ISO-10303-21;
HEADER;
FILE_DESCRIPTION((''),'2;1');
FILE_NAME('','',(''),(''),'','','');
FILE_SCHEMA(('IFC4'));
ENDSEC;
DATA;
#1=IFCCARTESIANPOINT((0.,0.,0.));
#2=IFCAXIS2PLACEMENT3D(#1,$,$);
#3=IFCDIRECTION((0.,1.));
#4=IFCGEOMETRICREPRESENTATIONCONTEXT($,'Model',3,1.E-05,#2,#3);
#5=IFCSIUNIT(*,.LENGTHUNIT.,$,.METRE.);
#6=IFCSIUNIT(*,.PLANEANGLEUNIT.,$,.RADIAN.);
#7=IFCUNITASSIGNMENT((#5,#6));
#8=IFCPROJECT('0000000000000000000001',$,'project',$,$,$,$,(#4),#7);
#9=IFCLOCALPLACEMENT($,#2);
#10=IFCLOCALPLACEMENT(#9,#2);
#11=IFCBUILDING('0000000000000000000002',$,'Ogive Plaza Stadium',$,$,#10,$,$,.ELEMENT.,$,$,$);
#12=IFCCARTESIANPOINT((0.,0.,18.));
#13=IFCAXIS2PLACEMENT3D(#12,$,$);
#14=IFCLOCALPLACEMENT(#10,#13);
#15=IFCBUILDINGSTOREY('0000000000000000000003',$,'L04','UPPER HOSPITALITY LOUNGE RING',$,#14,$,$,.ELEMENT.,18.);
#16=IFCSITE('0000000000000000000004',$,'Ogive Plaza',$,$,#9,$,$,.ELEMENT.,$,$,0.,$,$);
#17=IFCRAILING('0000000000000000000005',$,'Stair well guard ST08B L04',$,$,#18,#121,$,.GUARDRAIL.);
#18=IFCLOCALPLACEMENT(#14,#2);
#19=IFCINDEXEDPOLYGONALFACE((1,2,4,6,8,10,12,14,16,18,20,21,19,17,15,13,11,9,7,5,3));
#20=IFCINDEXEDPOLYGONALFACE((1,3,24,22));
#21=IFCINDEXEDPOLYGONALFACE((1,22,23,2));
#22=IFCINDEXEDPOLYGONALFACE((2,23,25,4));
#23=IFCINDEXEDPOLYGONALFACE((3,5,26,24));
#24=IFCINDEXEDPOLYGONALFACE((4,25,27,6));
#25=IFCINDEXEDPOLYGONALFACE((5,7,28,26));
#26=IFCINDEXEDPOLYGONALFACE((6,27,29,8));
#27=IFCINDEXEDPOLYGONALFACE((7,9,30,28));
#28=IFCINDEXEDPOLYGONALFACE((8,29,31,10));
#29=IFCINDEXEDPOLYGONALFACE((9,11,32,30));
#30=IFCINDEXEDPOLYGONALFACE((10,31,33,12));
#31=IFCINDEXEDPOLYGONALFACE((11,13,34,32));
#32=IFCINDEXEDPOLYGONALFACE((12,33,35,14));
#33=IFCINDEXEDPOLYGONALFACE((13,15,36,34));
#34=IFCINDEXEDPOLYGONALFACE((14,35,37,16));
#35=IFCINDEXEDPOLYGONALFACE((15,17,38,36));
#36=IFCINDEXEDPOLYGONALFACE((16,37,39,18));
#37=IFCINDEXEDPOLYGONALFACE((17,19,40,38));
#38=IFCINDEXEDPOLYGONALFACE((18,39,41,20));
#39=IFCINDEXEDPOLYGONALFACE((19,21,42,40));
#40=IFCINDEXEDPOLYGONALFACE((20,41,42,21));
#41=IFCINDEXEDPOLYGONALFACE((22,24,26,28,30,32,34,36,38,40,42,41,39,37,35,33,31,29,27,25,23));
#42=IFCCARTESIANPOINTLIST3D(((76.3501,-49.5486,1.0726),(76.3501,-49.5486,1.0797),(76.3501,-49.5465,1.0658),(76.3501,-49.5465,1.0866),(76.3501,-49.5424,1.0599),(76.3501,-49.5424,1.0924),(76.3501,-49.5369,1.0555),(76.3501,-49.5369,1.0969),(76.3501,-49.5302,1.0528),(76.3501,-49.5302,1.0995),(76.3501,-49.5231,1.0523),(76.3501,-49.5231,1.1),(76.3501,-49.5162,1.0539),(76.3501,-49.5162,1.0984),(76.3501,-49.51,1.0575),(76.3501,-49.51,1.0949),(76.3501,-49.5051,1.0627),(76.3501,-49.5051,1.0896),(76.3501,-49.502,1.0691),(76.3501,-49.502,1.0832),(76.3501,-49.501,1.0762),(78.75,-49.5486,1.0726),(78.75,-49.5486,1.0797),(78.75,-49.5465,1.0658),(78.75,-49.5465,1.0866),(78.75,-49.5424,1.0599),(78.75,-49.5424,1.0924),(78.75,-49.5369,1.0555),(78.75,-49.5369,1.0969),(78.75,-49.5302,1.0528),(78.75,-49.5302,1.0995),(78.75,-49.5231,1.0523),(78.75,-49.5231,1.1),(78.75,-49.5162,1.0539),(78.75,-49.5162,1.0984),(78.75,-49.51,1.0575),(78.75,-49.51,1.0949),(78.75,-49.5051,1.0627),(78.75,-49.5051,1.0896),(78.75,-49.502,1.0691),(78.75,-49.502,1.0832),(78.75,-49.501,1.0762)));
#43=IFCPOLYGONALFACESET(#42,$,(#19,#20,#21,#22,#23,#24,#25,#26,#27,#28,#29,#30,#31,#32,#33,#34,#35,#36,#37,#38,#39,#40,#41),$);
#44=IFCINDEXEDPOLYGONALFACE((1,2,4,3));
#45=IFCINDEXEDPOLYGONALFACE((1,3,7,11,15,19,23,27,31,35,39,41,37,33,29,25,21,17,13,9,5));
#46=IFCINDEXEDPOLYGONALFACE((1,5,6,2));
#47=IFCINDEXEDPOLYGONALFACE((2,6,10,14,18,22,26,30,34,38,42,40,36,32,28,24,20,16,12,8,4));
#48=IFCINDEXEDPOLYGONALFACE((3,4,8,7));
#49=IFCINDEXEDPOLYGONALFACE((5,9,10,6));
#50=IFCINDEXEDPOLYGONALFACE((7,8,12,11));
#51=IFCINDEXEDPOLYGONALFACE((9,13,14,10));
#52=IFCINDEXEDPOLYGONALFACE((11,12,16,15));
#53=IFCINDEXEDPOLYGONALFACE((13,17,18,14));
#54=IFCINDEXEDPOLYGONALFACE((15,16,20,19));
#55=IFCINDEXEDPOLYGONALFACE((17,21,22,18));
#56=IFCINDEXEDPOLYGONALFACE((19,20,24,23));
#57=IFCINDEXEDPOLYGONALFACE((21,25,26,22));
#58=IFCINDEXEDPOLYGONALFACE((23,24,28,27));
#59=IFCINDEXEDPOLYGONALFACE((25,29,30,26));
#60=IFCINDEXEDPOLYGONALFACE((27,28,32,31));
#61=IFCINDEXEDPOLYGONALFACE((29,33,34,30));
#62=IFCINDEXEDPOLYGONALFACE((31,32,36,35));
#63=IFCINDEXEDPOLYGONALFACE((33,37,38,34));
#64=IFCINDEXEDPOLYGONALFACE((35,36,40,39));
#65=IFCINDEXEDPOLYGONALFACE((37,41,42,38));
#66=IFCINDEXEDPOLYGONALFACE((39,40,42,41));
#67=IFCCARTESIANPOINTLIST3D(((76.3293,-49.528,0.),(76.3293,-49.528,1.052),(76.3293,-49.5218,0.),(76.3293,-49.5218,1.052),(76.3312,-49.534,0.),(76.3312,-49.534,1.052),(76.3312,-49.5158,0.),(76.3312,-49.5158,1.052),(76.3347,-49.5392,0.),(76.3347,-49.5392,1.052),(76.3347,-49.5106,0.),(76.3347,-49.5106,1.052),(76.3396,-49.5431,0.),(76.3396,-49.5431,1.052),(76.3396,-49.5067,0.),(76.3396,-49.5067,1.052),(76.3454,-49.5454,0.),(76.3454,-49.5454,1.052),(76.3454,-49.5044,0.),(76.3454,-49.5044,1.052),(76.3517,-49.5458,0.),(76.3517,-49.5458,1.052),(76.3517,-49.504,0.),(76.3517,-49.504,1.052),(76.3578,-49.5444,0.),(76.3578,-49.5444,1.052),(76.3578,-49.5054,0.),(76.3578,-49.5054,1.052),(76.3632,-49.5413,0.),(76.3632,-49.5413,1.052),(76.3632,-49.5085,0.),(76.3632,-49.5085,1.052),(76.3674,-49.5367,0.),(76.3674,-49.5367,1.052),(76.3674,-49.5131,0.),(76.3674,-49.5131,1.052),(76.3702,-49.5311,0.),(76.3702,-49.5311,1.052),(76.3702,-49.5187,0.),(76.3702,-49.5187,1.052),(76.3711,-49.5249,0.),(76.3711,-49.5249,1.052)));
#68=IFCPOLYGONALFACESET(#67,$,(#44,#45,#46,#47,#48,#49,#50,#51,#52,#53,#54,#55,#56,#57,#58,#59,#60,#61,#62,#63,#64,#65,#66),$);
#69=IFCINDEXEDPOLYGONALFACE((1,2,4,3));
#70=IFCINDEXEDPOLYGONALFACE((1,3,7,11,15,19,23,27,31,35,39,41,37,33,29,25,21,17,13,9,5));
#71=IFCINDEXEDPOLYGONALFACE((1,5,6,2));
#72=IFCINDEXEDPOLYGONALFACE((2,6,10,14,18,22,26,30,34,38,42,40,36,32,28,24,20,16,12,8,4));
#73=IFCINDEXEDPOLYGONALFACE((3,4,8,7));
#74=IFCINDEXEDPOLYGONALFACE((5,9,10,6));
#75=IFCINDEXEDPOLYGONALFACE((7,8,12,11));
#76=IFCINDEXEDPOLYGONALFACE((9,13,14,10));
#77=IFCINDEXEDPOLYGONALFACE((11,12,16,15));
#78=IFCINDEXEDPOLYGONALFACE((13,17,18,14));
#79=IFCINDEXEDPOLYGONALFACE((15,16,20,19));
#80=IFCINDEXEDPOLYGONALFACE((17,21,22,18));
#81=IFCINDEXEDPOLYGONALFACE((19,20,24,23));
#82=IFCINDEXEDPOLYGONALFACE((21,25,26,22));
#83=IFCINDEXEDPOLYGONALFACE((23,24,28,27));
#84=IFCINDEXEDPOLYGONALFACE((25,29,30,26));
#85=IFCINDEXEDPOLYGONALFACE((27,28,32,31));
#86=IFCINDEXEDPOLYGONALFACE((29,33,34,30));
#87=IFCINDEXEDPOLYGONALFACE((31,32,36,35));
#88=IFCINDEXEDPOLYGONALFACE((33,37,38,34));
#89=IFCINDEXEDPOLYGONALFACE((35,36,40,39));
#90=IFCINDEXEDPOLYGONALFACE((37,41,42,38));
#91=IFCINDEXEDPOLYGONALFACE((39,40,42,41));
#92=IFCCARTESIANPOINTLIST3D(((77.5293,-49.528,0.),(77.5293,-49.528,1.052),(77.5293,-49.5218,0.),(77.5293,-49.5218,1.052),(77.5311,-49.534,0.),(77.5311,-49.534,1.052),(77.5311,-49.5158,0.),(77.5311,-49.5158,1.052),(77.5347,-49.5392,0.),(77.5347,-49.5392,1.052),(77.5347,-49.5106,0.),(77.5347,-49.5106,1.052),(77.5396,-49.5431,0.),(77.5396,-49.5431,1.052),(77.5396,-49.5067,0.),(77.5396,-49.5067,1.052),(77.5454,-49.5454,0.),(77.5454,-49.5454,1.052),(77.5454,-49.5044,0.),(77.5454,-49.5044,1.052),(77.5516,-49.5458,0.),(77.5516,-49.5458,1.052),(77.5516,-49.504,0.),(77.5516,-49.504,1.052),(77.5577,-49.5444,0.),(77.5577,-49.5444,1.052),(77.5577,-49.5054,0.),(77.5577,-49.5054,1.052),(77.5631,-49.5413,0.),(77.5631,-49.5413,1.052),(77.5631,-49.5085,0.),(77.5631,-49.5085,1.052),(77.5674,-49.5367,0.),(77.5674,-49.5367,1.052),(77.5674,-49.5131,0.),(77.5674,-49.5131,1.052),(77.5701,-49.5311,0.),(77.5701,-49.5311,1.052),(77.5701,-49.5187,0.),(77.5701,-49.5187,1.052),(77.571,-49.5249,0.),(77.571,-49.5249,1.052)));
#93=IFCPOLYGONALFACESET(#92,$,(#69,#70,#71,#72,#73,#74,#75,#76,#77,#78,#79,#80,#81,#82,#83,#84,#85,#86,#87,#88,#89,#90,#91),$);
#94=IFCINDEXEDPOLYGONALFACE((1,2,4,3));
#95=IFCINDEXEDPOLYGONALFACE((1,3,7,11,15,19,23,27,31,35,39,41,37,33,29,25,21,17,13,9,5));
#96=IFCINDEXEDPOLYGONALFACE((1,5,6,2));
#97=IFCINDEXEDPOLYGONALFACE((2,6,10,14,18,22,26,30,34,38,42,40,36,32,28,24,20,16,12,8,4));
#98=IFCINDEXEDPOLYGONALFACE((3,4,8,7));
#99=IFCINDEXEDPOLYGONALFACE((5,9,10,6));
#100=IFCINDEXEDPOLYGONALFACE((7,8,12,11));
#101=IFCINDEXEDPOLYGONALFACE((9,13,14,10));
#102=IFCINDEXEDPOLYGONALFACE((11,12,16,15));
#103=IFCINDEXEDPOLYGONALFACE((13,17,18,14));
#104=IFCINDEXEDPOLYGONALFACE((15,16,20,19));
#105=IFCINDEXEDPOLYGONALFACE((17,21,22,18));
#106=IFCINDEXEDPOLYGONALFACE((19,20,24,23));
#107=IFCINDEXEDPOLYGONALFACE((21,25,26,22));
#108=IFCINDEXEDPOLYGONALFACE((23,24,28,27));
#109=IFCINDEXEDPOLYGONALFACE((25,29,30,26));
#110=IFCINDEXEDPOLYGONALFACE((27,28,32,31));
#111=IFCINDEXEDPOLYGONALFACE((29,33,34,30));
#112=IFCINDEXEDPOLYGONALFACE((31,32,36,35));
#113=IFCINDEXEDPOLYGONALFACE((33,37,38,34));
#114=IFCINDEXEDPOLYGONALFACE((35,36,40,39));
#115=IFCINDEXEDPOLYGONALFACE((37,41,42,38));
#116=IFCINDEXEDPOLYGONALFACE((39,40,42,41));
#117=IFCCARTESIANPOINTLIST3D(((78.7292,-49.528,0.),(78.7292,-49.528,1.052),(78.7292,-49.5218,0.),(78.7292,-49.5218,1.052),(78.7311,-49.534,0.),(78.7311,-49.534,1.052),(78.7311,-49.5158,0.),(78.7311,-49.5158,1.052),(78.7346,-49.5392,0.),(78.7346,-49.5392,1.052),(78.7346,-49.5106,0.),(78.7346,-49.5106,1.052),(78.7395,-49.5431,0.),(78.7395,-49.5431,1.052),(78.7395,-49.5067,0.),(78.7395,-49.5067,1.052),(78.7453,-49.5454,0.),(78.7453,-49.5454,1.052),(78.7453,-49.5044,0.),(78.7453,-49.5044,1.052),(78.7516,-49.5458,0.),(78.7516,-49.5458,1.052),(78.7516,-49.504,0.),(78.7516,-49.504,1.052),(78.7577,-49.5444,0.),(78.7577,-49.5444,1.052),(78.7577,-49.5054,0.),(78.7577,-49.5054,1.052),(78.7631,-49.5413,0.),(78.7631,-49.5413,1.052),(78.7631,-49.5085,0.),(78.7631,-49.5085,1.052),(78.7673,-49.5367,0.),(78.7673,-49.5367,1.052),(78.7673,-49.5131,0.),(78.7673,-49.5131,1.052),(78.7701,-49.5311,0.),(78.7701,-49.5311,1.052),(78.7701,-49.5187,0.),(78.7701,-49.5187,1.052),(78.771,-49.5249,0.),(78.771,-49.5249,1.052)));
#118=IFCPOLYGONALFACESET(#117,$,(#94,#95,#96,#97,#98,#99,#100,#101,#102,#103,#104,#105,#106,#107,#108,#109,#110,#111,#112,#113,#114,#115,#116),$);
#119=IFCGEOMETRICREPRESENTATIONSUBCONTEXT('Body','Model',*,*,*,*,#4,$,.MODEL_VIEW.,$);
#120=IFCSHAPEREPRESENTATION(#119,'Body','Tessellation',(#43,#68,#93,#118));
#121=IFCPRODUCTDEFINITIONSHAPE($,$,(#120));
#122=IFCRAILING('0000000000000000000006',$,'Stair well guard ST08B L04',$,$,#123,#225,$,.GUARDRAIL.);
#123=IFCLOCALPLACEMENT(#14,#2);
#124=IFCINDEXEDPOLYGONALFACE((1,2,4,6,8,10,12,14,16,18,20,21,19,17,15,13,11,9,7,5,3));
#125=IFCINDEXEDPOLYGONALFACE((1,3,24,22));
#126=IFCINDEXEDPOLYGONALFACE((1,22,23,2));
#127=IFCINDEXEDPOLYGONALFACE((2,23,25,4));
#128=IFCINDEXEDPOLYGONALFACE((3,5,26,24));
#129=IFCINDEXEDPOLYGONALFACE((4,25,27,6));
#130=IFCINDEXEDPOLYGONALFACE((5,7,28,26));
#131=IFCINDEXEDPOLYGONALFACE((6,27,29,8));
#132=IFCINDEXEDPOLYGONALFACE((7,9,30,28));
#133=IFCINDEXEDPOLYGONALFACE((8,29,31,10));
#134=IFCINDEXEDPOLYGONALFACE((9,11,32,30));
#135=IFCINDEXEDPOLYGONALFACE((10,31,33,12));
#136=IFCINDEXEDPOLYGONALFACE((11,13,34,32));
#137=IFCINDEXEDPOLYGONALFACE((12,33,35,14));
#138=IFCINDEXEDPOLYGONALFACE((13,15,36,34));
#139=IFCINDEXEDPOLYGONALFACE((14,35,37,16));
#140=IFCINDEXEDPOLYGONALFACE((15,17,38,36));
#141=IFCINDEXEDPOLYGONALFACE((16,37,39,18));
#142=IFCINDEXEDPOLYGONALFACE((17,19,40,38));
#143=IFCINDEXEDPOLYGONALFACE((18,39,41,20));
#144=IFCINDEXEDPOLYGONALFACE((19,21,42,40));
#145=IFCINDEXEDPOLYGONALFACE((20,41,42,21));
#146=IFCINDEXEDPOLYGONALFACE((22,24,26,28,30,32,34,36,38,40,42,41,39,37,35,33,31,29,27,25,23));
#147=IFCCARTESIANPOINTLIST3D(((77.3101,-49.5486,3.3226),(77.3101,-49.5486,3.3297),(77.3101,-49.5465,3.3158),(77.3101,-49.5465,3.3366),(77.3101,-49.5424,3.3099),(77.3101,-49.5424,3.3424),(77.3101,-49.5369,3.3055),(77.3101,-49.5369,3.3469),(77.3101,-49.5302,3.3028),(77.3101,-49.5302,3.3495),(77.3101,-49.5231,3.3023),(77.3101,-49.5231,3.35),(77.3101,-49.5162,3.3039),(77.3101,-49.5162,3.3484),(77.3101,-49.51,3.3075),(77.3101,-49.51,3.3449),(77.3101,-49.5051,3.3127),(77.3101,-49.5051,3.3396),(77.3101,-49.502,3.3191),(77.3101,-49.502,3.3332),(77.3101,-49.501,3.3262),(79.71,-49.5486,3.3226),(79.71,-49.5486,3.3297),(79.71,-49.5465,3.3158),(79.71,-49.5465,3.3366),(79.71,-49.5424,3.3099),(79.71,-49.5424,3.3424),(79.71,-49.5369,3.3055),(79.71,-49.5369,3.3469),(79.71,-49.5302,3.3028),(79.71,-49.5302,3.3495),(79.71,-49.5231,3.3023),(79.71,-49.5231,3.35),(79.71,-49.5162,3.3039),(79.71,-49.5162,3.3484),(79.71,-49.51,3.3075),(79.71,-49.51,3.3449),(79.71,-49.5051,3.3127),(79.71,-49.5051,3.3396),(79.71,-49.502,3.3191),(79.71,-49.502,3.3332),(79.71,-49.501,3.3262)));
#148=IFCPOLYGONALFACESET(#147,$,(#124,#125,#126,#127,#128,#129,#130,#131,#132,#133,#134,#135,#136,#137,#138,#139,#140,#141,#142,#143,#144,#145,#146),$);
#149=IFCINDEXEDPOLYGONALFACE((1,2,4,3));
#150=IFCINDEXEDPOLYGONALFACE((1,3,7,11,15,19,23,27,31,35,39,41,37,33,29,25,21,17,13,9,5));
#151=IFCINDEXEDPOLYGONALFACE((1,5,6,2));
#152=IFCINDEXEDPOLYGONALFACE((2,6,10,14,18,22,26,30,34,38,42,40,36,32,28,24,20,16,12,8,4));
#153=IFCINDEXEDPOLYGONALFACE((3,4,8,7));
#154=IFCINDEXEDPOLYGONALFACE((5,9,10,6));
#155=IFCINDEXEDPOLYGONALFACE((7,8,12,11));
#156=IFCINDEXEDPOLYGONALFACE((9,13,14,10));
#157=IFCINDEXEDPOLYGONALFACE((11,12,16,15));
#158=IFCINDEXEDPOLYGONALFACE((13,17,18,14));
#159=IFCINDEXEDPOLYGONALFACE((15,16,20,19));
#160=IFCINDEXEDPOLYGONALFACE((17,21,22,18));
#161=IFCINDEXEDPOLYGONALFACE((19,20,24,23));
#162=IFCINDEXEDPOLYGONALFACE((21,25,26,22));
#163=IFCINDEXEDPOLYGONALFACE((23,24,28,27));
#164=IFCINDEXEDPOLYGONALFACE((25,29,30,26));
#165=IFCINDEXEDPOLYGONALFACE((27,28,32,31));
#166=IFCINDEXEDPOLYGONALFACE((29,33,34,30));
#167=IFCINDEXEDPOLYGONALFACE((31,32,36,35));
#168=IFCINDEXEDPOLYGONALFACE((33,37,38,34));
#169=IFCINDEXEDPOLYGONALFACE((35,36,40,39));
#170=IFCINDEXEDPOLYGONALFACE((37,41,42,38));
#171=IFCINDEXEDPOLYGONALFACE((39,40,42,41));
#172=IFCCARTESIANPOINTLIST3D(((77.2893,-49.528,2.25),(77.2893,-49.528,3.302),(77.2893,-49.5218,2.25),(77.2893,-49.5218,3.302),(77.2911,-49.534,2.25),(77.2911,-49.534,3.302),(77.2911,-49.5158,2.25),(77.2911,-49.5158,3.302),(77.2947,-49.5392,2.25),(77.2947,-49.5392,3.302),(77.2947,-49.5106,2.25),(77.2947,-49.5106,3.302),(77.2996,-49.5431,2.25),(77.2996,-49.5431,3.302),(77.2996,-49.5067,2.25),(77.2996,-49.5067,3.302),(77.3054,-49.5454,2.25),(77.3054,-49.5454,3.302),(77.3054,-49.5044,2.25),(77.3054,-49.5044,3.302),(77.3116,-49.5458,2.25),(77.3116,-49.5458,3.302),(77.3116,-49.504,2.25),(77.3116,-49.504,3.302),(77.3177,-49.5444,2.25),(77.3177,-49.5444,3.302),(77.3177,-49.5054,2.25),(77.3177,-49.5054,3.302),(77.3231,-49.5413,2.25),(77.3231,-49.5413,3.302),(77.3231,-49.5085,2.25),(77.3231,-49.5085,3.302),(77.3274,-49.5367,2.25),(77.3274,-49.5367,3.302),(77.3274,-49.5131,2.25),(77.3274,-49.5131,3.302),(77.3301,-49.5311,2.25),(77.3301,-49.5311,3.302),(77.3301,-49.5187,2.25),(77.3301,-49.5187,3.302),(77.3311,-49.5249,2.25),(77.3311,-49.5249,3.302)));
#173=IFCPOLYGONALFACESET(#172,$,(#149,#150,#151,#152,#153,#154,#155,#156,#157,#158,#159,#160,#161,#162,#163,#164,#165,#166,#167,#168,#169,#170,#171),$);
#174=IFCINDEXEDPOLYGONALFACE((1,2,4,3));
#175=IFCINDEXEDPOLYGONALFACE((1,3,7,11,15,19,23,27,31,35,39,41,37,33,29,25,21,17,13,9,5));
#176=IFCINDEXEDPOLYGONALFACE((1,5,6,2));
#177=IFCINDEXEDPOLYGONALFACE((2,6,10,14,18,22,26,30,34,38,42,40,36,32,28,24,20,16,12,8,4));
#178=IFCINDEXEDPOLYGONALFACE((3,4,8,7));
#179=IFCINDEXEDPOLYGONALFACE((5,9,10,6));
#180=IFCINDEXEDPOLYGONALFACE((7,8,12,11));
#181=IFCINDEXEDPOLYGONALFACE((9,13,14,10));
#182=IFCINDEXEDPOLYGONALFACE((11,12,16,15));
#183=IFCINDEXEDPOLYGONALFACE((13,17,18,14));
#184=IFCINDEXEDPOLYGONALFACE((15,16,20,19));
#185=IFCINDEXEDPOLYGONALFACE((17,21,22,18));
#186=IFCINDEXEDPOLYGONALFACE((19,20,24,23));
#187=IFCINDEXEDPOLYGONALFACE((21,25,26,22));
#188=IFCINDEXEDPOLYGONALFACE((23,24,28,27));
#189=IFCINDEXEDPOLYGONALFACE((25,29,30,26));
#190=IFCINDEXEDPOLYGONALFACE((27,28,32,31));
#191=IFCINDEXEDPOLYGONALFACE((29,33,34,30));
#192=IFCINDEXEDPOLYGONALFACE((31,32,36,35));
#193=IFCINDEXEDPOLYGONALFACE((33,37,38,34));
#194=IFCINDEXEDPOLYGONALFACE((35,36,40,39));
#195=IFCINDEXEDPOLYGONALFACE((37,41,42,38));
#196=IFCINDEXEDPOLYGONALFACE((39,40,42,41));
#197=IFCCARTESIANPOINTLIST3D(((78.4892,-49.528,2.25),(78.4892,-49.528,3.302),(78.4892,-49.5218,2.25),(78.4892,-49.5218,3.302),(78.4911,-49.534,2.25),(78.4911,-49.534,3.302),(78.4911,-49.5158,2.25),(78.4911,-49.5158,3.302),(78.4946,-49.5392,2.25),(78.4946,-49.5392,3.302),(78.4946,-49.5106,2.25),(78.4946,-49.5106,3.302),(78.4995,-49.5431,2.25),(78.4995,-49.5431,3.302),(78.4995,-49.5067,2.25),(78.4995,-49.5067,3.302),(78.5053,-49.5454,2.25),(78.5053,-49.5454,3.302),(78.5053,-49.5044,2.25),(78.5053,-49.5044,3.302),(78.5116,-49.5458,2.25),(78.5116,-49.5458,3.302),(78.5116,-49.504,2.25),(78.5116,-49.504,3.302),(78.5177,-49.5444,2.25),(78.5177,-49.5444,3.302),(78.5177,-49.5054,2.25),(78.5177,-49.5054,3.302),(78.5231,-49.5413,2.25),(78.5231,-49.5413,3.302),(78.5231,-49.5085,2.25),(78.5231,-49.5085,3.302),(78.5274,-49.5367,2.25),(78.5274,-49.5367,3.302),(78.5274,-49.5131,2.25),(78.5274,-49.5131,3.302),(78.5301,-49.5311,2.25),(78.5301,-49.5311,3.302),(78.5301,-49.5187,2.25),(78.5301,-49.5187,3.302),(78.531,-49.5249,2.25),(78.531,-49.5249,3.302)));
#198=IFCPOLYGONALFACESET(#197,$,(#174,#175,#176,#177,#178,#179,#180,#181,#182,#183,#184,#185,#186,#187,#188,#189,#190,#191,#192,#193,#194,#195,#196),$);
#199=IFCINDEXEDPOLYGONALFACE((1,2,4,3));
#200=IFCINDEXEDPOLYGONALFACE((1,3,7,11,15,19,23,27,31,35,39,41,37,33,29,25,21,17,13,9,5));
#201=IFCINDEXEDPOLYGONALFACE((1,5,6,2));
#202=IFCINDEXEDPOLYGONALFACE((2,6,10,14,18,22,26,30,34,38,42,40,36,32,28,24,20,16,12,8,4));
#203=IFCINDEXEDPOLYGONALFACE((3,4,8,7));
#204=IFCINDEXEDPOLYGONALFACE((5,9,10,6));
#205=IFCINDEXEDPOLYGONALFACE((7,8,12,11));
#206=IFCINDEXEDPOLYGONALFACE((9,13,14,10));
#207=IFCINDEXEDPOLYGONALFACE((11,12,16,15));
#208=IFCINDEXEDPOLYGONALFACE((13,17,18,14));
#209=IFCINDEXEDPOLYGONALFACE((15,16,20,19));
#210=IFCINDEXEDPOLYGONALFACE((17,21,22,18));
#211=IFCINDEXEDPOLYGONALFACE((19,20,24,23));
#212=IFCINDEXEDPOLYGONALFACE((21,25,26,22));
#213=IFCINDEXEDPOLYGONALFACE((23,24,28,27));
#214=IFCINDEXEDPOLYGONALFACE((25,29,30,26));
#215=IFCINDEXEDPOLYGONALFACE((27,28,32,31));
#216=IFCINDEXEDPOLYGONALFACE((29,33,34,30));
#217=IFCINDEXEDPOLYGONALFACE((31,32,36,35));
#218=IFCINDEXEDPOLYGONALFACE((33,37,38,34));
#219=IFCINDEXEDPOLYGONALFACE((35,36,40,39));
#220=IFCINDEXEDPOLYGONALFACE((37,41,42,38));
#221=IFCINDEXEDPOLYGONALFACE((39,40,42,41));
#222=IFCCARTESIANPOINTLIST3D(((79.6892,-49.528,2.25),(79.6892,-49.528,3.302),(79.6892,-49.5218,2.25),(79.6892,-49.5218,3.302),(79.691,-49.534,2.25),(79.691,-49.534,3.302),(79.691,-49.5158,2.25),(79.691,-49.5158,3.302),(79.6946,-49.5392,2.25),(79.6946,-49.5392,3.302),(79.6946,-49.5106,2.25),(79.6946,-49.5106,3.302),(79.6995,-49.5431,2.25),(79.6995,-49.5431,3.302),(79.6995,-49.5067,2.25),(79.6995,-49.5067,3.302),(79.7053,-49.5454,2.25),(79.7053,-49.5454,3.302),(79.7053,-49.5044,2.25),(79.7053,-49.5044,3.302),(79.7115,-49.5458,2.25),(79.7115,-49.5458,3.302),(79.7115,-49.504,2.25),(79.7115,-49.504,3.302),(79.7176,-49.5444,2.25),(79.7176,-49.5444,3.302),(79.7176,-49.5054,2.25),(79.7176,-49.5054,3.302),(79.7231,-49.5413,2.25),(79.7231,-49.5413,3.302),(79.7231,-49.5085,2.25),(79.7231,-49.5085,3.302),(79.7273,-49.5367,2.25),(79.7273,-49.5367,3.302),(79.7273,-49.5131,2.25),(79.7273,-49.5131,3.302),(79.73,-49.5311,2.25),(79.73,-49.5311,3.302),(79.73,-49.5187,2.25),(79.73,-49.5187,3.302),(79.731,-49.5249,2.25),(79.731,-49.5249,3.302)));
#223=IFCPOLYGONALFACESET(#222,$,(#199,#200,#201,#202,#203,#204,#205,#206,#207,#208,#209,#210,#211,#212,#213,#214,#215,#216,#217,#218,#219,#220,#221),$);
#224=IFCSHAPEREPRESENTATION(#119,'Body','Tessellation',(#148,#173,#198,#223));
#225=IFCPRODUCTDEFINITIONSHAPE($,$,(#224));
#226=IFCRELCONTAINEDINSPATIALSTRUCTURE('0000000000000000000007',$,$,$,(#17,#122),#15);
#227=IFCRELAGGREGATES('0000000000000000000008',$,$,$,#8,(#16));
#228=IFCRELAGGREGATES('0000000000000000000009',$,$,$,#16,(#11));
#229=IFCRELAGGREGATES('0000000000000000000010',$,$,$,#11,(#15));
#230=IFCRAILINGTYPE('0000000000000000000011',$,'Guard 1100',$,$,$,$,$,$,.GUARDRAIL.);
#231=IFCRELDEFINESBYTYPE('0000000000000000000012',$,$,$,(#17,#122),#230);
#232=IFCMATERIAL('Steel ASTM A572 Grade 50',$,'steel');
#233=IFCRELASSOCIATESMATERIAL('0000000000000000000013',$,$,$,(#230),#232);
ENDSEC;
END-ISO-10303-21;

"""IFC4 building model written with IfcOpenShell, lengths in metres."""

from ifc_helpers import new_model, si_unit, direction, frame, origin, origin_2d, place, context, subcontext, project, spatial, circle, extrude, material, type_object, element, save


model = new_model("IFC4")

# Units and contexts
model_context = context("Model", 3, precision=1e-05, world=origin(), true_north=direction((0.0, 1.0)))
body_context = subcontext(model_context, "Body", "Model", "MODEL_VIEW")
ifc_project = project(units=[si_unit("LENGTHUNIT", "METRE"), si_unit("PLANEANGLEUNIT", "RADIAN")], contexts=[model_context])

# Site, building, storey
site_placement = place(None, origin())
site = spatial("IfcSite", under=ifc_project, at=site_placement, Name="Ogive Plaza", CompositionType="ELEMENT", RefElevation=0.0)
building_placement = place(site_placement, origin())
building = spatial("IfcBuilding", under=site, at=building_placement, Name="Ogive Plaza Stadium", CompositionType="ELEMENT")
storey_placement = place(building_placement, frame((0.0, 0.0, 18.0)))
storey = spatial("IfcBuildingStorey", under=building, at=storey_placement, Name="L04", Description="UPPER HOSPITALITY LOUNGE RING", CompositionType="ELEMENT", Elevation=18.0)

# Railings
ifc_material_1 = material(Name="Steel ASTM A572 Grade 50", Category="steel")
railing_type_1 = type_object("IfcRailingType", Name="Guard 1100", PredefinedType="GUARDRAIL", material=ifc_material_1)
for number, where, name in (
    (1, (76.3501, -49.5249, 0.0), "Stair well guard ST08B L04"),
    (2, (77.3101, -49.5249, 2.25), "Stair well guard ST08B L04"),
):
    element("IfcRailing", number, at=place(storey_placement, frame(where)), inside=storey, type_object=railing_type_1, Name=name, PredefinedType="GUARDRAIL", context=body_context, shape_type="SweptSolid", body=[
        extrude(circle(Radius=0.0239, at=origin_2d()), frame((0.0, 0.0, 1.0762), z_axis=(1.0, 0.0, 0.0), x_axis=(0.0, 1.0, 0.0)), (0.0, 0.0, 1.0), 2.3999),
        extrude(circle(Radius=0.021, at=origin_2d()), origin(), (0.0, 0.0, 1.0), 1.052),
        extrude(circle(Radius=0.021, at=origin_2d()), frame((1.2, 0.0, 0.0)), (0.0, 0.0, 1.0), 1.052),
        extrude(circle(Radius=0.021, at=origin_2d()), frame((2.3999, 0.0, 0.0)), (0.0, 0.0, 1.0), 1.052),
    ])

save(model, "model.ifc")
